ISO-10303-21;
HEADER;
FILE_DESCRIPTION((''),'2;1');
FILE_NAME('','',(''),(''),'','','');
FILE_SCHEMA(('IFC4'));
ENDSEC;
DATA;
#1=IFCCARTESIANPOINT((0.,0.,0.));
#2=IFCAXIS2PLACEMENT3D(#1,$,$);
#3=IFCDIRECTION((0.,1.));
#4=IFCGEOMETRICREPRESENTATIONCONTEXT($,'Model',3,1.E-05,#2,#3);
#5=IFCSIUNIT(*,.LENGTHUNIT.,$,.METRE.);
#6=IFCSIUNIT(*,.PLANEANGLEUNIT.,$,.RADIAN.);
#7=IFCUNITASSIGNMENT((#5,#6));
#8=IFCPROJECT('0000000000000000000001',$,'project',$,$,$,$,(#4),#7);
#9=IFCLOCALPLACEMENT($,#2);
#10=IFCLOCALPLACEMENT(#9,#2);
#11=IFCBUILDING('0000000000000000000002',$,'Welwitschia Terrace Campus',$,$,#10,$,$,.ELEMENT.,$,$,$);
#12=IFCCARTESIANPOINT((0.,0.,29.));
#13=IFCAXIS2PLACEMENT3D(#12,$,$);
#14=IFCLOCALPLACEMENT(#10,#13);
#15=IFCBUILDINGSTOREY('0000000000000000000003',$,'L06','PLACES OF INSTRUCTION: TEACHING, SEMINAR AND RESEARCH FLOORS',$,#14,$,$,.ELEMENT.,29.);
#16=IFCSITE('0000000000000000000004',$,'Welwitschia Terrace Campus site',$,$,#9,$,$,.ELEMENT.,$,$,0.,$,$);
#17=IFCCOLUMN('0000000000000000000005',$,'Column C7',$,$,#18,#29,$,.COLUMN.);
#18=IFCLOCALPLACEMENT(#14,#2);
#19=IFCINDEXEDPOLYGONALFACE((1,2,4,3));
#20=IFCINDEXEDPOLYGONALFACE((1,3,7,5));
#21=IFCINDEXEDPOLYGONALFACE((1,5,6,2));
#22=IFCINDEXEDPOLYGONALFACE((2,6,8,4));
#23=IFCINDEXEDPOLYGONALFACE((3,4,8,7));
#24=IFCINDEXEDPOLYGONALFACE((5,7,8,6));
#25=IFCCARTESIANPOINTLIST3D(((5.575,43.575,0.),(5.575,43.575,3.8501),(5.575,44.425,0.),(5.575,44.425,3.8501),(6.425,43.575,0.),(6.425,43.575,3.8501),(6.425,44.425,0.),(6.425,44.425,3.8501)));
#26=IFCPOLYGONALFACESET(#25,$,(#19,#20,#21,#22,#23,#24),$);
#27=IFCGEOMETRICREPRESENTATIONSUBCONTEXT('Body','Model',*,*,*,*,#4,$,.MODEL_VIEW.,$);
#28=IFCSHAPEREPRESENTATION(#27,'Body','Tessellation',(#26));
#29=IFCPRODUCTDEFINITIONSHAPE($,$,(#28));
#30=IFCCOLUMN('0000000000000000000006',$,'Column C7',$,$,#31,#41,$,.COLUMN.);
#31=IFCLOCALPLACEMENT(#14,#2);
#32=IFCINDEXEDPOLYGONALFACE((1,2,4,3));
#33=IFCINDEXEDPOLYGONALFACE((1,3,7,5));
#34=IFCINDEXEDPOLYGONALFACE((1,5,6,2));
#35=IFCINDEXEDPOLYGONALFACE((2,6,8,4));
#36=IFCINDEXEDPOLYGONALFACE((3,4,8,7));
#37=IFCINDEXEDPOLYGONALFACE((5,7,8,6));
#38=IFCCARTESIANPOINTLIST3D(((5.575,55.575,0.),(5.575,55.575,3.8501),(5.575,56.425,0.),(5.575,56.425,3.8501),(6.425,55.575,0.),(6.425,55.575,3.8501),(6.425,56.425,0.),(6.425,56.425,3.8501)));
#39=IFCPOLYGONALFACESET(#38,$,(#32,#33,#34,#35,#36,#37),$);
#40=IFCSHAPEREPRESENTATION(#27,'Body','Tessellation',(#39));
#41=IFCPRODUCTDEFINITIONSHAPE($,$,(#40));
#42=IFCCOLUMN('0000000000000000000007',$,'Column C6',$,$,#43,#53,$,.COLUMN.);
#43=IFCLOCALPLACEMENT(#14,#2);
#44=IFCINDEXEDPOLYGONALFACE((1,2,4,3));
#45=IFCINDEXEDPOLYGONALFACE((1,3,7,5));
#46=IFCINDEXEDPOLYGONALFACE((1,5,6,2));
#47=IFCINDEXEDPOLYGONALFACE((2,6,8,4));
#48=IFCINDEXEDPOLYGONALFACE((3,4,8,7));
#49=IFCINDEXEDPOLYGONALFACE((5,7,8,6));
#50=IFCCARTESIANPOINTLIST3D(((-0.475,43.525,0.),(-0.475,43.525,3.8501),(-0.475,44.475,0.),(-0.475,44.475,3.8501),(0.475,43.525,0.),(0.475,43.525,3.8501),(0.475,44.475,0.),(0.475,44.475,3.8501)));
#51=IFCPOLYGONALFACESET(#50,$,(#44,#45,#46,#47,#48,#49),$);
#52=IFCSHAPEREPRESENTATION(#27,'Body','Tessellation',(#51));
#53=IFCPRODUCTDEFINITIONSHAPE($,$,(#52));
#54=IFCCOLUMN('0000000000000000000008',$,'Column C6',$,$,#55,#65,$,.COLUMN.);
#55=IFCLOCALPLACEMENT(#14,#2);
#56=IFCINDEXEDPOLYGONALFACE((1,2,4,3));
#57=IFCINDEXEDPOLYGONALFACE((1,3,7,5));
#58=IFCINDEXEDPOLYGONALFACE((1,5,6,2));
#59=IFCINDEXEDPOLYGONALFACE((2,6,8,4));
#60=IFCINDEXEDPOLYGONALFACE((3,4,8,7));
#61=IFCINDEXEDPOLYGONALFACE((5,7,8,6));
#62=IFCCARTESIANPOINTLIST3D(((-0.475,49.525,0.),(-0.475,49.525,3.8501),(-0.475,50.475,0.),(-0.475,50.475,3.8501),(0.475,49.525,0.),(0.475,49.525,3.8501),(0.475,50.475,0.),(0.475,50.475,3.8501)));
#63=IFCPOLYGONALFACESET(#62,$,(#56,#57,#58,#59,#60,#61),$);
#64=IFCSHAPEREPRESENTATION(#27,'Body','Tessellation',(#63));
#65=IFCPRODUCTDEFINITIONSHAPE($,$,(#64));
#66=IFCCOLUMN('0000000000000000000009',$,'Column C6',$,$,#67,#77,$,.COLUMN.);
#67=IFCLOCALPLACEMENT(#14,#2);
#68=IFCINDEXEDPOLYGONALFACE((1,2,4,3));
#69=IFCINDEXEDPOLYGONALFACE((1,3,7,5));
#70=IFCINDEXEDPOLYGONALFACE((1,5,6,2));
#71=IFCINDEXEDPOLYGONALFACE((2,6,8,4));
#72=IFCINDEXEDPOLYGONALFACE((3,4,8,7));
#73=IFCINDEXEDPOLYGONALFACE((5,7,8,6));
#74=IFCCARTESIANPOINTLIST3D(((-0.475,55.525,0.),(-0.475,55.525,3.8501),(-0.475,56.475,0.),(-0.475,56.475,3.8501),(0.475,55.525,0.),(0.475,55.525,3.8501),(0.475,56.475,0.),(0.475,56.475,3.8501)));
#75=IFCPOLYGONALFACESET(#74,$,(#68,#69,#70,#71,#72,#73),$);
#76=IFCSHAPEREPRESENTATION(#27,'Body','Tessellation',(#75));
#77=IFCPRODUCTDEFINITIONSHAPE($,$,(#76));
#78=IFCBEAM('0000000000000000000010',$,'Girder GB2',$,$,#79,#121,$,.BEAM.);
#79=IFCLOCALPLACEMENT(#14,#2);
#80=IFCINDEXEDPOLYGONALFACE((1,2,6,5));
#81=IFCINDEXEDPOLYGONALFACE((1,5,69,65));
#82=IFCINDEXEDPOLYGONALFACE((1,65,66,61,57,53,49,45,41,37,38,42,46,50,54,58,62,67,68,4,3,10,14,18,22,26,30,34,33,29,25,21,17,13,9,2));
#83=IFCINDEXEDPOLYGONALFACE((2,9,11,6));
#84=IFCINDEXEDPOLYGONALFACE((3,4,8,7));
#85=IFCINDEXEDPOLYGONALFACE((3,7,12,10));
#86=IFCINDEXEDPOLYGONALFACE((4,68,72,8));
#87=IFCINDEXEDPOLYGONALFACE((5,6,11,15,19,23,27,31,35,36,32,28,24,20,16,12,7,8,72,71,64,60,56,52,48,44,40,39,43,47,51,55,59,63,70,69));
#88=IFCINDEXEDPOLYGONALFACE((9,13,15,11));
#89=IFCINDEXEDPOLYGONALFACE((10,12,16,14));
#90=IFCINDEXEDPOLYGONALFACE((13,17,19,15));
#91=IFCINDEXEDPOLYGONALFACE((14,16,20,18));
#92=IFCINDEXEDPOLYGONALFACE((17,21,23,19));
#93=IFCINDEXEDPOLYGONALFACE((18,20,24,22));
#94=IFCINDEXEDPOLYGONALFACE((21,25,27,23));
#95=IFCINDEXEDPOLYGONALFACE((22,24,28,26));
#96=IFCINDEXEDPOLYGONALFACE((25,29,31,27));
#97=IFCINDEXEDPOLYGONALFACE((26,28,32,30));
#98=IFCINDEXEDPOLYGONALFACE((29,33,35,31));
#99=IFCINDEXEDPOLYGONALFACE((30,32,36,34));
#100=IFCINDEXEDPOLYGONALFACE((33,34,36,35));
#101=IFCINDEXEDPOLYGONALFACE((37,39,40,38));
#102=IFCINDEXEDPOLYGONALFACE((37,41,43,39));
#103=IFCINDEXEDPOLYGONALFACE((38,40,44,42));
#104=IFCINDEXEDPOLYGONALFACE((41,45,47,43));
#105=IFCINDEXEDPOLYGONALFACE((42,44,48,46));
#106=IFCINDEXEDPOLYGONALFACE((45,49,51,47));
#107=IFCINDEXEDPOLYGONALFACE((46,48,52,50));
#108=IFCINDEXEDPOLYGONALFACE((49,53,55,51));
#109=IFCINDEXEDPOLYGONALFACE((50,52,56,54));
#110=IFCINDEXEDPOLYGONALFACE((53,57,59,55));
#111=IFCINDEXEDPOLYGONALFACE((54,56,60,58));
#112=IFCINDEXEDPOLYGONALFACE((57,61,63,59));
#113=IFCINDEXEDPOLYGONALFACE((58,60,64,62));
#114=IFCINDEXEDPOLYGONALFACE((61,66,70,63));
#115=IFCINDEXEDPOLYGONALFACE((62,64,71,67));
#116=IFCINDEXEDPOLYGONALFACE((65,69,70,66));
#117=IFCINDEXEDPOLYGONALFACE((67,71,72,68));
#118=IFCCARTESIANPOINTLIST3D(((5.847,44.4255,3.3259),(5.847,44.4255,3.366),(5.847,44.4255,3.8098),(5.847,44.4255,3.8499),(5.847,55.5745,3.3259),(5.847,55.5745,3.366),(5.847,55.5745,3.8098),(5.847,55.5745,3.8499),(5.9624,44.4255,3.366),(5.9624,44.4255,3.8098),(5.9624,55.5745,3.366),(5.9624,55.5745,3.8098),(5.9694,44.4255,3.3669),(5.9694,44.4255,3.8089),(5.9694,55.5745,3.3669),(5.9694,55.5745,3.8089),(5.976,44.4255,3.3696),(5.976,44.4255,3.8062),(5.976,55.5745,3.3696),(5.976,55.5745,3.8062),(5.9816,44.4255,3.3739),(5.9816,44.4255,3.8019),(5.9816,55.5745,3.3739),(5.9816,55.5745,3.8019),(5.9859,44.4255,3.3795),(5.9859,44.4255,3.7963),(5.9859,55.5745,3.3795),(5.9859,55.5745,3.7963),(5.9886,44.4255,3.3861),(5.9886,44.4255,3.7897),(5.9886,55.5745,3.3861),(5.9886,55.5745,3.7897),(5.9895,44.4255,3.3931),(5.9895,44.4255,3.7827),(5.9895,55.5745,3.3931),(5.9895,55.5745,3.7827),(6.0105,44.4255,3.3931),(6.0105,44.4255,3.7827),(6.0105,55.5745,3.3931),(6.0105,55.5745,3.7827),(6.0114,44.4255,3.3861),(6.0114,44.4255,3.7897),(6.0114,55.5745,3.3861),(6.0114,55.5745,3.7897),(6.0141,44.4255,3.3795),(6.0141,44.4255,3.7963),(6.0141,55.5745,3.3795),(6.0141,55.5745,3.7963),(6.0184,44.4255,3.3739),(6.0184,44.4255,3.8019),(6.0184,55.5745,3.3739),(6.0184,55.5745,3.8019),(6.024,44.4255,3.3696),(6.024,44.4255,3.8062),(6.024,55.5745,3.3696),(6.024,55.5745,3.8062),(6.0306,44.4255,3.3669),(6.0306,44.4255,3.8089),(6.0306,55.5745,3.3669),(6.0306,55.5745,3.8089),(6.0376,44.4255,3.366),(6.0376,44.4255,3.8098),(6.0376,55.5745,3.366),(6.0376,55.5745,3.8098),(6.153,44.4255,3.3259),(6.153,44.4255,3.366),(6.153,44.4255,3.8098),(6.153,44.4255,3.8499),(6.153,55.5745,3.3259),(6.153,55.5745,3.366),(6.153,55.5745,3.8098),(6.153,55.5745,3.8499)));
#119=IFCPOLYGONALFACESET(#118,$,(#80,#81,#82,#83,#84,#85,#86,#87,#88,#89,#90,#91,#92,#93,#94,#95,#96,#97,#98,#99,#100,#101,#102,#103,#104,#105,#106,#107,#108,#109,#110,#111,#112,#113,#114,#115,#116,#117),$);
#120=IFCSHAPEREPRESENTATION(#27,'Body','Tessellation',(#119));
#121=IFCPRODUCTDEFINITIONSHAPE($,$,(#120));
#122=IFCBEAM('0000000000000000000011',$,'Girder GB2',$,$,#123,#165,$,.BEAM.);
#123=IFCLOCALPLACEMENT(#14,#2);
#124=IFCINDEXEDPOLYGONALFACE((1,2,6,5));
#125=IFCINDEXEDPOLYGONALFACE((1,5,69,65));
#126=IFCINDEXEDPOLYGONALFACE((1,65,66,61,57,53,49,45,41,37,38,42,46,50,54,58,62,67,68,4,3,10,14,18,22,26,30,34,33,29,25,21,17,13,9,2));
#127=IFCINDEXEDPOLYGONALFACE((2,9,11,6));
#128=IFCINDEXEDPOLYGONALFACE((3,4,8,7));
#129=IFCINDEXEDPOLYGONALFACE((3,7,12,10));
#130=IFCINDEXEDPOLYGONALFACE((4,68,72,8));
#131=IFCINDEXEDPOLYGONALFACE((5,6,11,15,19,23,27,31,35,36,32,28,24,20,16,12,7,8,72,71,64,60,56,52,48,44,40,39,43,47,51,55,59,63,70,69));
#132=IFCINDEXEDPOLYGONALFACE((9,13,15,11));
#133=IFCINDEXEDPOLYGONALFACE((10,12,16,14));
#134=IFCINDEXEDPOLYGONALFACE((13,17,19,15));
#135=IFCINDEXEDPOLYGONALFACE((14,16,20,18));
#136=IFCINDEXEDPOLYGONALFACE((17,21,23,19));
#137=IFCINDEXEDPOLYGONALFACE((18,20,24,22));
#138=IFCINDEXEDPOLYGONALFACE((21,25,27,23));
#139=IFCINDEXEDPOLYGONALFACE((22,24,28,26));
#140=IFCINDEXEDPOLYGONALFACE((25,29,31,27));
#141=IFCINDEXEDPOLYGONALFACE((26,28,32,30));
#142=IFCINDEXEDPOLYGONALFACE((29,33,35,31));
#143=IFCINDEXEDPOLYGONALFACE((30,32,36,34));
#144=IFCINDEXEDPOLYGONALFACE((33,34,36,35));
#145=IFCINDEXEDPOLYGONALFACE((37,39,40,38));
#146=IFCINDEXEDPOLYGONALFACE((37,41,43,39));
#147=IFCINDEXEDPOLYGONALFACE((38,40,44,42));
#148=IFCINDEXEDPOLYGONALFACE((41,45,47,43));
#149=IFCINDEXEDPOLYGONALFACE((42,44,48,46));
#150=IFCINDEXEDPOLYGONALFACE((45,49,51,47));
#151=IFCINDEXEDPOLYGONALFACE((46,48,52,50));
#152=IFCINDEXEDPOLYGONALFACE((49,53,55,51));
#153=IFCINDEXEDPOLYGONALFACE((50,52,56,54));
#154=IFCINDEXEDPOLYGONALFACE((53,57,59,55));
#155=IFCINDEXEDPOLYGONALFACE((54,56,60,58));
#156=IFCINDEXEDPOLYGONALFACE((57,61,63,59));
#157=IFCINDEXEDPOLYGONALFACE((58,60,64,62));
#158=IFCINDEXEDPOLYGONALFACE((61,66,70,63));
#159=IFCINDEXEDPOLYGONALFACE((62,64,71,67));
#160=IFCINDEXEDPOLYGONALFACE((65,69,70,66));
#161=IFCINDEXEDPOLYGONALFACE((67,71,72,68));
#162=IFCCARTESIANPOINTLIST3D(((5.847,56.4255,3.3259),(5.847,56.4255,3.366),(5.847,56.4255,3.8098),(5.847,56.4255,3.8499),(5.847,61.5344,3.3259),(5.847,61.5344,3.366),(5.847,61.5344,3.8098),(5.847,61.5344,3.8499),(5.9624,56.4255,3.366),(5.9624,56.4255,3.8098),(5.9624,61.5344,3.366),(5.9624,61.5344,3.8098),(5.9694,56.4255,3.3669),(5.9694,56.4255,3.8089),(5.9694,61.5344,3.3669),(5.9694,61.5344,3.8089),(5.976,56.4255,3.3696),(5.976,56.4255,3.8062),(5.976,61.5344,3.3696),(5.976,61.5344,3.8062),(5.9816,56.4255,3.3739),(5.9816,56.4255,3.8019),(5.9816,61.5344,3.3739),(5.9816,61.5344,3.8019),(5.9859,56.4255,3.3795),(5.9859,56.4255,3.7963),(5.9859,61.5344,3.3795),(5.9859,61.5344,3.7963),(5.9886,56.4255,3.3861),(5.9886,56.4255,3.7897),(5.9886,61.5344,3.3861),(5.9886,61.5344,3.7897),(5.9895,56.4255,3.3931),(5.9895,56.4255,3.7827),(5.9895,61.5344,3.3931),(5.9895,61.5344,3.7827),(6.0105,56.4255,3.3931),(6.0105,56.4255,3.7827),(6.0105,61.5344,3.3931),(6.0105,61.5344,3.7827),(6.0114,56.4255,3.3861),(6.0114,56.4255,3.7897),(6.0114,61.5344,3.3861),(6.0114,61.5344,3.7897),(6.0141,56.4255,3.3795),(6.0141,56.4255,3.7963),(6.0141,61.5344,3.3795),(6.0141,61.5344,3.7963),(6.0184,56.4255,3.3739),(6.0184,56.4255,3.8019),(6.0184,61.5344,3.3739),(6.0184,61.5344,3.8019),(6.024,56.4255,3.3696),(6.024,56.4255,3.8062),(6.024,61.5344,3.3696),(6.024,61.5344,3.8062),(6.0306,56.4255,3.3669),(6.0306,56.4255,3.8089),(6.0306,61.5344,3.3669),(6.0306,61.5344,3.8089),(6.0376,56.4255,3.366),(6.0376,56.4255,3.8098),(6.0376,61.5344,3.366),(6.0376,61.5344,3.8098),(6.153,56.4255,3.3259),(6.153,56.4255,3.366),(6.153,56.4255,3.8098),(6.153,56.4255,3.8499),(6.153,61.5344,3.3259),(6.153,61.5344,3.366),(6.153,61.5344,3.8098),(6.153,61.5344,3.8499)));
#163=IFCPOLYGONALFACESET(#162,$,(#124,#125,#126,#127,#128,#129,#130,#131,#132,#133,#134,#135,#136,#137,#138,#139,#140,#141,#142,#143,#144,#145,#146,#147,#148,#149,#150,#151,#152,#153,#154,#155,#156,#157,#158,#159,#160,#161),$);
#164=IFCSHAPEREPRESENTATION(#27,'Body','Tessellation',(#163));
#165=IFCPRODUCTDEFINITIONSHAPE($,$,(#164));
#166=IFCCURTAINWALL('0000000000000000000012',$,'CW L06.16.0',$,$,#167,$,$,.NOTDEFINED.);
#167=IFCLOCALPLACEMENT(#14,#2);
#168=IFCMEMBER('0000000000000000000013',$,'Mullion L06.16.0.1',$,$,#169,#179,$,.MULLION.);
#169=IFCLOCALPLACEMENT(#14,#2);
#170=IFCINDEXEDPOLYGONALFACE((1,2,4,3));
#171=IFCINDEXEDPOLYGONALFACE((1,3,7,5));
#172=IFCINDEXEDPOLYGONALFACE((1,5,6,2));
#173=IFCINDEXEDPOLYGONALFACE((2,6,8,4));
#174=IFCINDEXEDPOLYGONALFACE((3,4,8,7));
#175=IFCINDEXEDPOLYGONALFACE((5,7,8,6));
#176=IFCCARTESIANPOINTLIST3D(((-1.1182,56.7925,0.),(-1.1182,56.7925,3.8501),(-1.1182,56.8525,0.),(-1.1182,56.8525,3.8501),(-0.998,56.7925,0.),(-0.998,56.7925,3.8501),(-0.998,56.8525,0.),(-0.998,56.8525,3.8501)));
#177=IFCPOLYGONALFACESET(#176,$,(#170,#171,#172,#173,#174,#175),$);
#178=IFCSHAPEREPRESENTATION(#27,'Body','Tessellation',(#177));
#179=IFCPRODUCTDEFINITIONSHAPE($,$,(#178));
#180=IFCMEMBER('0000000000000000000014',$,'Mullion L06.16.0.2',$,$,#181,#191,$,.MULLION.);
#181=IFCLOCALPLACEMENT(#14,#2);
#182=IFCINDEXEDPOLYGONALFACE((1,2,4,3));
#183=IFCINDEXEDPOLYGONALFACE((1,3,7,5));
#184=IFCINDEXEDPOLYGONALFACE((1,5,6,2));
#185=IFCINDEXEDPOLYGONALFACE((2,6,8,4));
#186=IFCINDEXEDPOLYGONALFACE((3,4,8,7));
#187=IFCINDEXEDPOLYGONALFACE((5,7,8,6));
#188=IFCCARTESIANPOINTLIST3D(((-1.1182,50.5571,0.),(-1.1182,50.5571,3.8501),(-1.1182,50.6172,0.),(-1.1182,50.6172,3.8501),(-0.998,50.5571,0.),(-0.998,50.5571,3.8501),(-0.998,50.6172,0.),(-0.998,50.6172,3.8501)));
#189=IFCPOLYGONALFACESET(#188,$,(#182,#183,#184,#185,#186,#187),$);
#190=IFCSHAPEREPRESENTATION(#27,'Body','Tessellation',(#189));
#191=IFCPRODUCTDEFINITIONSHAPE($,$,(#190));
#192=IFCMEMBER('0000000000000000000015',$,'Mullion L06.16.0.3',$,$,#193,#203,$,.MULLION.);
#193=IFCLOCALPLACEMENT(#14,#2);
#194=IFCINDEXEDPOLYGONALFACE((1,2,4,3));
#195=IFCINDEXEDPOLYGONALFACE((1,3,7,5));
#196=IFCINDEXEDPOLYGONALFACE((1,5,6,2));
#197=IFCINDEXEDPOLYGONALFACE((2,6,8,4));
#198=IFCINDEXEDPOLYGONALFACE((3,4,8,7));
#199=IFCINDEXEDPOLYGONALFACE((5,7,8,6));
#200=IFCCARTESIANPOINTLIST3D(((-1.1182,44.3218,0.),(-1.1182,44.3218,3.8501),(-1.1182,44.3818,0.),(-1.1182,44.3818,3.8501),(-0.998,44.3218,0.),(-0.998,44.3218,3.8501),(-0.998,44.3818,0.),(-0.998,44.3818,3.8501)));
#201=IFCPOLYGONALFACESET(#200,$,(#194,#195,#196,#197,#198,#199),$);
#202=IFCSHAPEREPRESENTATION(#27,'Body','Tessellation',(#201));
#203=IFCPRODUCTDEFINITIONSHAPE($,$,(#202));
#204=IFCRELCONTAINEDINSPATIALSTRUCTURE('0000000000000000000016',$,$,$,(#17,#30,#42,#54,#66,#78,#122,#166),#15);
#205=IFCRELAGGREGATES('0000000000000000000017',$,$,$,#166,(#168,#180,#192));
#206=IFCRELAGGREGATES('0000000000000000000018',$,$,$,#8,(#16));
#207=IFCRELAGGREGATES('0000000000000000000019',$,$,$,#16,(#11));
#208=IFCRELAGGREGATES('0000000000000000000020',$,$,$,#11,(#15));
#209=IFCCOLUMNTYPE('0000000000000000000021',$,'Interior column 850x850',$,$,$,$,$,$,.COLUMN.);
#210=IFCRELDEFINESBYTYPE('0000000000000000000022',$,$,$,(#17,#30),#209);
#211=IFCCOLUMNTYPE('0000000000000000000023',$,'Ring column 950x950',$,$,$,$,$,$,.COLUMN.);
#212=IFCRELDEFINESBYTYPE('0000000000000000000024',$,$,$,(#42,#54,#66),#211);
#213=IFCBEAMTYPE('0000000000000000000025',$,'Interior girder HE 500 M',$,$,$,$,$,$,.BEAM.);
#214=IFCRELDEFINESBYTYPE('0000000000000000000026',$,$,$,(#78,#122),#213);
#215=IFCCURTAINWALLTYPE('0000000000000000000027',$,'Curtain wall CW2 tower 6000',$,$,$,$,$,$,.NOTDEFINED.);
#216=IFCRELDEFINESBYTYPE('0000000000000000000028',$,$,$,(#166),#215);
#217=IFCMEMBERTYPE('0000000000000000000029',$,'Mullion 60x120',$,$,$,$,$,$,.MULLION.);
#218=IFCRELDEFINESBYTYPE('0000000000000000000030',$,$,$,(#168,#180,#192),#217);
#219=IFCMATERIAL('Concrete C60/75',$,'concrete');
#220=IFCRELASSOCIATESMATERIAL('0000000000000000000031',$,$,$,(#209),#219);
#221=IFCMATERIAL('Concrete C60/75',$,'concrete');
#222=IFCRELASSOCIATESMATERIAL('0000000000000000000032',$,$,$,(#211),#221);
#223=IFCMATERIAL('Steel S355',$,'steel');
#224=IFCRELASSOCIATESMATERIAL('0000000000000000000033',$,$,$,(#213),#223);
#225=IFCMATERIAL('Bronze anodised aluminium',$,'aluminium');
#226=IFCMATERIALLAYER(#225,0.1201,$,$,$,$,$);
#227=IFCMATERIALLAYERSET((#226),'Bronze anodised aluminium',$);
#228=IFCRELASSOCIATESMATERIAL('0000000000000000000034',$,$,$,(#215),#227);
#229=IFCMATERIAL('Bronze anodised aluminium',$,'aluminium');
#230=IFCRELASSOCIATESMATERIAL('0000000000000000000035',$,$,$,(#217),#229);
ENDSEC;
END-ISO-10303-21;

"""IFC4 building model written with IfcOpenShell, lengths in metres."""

from ifc_helpers import new_model, si_unit, direction, frame, origin, origin_2d, place, context, subcontext, project, spatial, rectangle, i_section, extrude, material, layer, layer_set, material_profile, profile_set, type_object, element, aggregate, save


model = new_model("IFC4")

# Units and contexts
model_context = context("Model", 3, precision=1e-05, world=origin(), true_north=direction((0.0, 1.0)))
body_context = subcontext(model_context, "Body", "Model", "MODEL_VIEW")
ifc_project = project(units=[si_unit("LENGTHUNIT", "METRE"), si_unit("PLANEANGLEUNIT", "RADIAN")], contexts=[model_context])

# Site, building, storey
site_placement = place(None, origin())
site = spatial("IfcSite", under=ifc_project, at=site_placement, Name="Welwitschia Terrace Campus site", CompositionType="ELEMENT", RefElevation=0.0)
building_placement = place(site_placement, origin())
building = spatial("IfcBuilding", under=site, at=building_placement, Name="Welwitschia Terrace Campus", CompositionType="ELEMENT")
storey_placement = place(building_placement, frame((0.0, 0.0, 29.0)))
storey = spatial("IfcBuildingStorey", under=building, at=storey_placement, Name="L06", Description="PLACES OF INSTRUCTION: TEACHING, SEMINAR AND RESEARCH FLOORS", CompositionType="ELEMENT", Elevation=29.0)

# Columns
ifc_material_1 = material(Name="Concrete C60/75", Category="concrete")
ifc_material_profile_1 = material_profile(ifc_material_1, rectangle(XDim=0.8501, YDim=0.8501, at=origin_2d()))
ifc_profile_set_1 = profile_set([ifc_material_profile_1], Name="Concrete C60/75")
column_type_1 = type_object("IfcColumnType", Name="Interior column 850x850", PredefinedType="COLUMN", material=ifc_profile_set_1)
for number, where, z_axis, x_axis, name in (
    (1, (6.0, 44.0, 0.0), (0.0, 0.0, 1.0), (1.0, 0.0, 0.0), "Column C7"),
    (2, (6.0, 56.0, 0.0), (0.0, 0.0, 1.0), (1.0, 0.0, 0.0), "Column C7"),
):
    element("IfcColumn", number, at=place(storey_placement, frame(where, z_axis=z_axis, x_axis=x_axis)), inside=storey, type_object=column_type_1, Name=name, PredefinedType="COLUMN", context=body_context, shape_type="SweptSolid", body=[
        extrude(rectangle(XDim=0.8501, YDim=0.8501, at=origin_2d()), origin(), (0.0, 0.0, 1.0), 3.8501),
    ])
ifc_material_2 = material(Name="Concrete C60/75", Category="concrete")
ifc_material_profile_2 = material_profile(ifc_material_2, rectangle(XDim=0.95, YDim=0.95, at=origin_2d()))
ifc_profile_set_2 = profile_set([ifc_material_profile_2], Name="Concrete C60/75")
column_type_2 = type_object("IfcColumnType", Name="Ring column 950x950", PredefinedType="COLUMN", material=ifc_profile_set_2)
for number, where, z_axis, x_axis, name in (
    (3, (0.0, 44.0, 0.0), (0.0, 0.0, 1.0), (1.0, 0.0, 0.0), "Column C6"),
    (4, (0.0, 50.0, 0.0), (0.0, 0.0, 1.0), (1.0, 0.0, 0.0), "Column C6"),
    (5, (0.0, 56.0, 0.0), (0.0, 0.0, 1.0), (1.0, 0.0, 0.0), "Column C6"),
):
    element("IfcColumn", number, at=place(storey_placement, frame(where, z_axis=z_axis, x_axis=x_axis)), inside=storey, type_object=column_type_2, Name=name, PredefinedType="COLUMN", context=body_context, shape_type="SweptSolid", body=[
        extrude(rectangle(XDim=0.95, YDim=0.95, at=origin_2d()), origin(), (0.0, 0.0, 1.0), 3.8501),
    ])

# Beams
ifc_material_3 = material(Name="Steel S355", Category="steel")
ifc_material_profile_3 = material_profile(ifc_material_3, i_section(OverallWidth=0.3059, OverallDepth=0.5239, WebThickness=0.021, FlangeThickness=0.04, FilletRadius=0.0271, at=origin_2d()))
ifc_profile_set_3 = profile_set([ifc_material_profile_3], Name="Steel S355")
beam_type_1 = type_object("IfcBeamType", Name="Interior girder HE 500 M", PredefinedType="BEAM", material=ifc_profile_set_3)
beam_1_placement = place(storey_placement, frame((6.0, 44.4255, 3.5879), z_axis=(0.0, 1.0, 0.0), x_axis=(-1.0, 0.0, 0.0)))
element("IfcBeam", 6, at=beam_1_placement, inside=storey, type_object=beam_type_1, Name="Girder GB2", PredefinedType="BEAM", context=body_context, shape_type="SweptSolid", body=[
    extrude(i_section(OverallWidth=0.3059, OverallDepth=0.5239, WebThickness=0.021, FlangeThickness=0.04, FilletRadius=0.0271, at=origin_2d()), origin(), (0.0, 0.0, 1.0), 11.1489),
])
beam_2_placement = place(storey_placement, frame((6.0, 56.4255, 3.5879), z_axis=(0.0, 1.0, 0.0), x_axis=(-1.0, 0.0, 0.0)))
element("IfcBeam", 7, at=beam_2_placement, inside=storey, type_object=beam_type_1, Name="Girder GB2", PredefinedType="BEAM", context=body_context, shape_type="SweptSolid", body=[
    extrude(i_section(OverallWidth=0.3059, OverallDepth=0.5239, WebThickness=0.021, FlangeThickness=0.04, FilletRadius=0.0271, at=origin_2d()), origin(), (0.0, 0.0, 1.0), 5.1089),
])

# Curtain wall, members
ifc_material_4 = material(Name="Bronze anodised aluminium", Category="aluminium")
ifc_layer_1 = layer(ifc_material_4, 0.1201)
ifc_layer_set_1 = layer_set([ifc_layer_1], Name="Bronze anodised aluminium")
curtain_wall_type = type_object("IfcCurtainWallType", Name="Curtain wall CW2 tower 6000", PredefinedType="NOTDEFINED", material=ifc_layer_set_1)
curtain_wall_placement = place(storey_placement, origin())
curtain_wall = element("IfcCurtainWall", 8, at=curtain_wall_placement, inside=storey, type_object=curtain_wall_type, Name="CW L06.16.0", PredefinedType="NOTDEFINED")
ifc_material_5 = material(Name="Bronze anodised aluminium", Category="aluminium")
ifc_material_profile_4 = material_profile(ifc_material_5, rectangle(XDim=0.1201, YDim=0.0601, at=origin_2d()))
ifc_profile_set_4 = profile_set([ifc_material_profile_4], Name="Bronze anodised aluminium")
member_type = type_object("IfcMemberType", Name="Mullion 60x120", PredefinedType="MULLION", material=ifc_profile_set_4)
member_1_placement = place(storey_placement, frame((-1.0581, 56.8225, 0.0), z_axis=(0.0, 0.0, 1.0), x_axis=(1.0, 0.0, 0.0)))
member_1 = element("IfcMember", 9, at=member_1_placement, type_object=member_type, Name="Mullion L06.16.0.1", PredefinedType="MULLION", context=body_context, shape_type="SweptSolid", body=[
    extrude(rectangle(XDim=0.1201, YDim=0.0601, at=origin_2d()), origin(), (0.0, 0.0, 1.0), 3.8501),
])
member_2_placement = place(storey_placement, frame((-1.0581, 50.5872, 0.0), z_axis=(0.0, 0.0, 1.0), x_axis=(1.0, 0.0, 0.0)))
member_2 = element("IfcMember", 10, at=member_2_placement, type_object=member_type, Name="Mullion L06.16.0.2", PredefinedType="MULLION", context=body_context, shape_type="SweptSolid", body=[
    extrude(rectangle(XDim=0.1201, YDim=0.0601, at=origin_2d()), origin(), (0.0, 0.0, 1.0), 3.8501),
])
member_3_placement = place(storey_placement, frame((-1.0581, 44.3518, 0.0), z_axis=(0.0, 0.0, 1.0), x_axis=(1.0, 0.0, 0.0)))
member_3 = element("IfcMember", 11, at=member_3_placement, type_object=member_type, Name="Mullion L06.16.0.3", PredefinedType="MULLION", context=body_context, shape_type="SweptSolid", body=[
    extrude(rectangle(XDim=0.1201, YDim=0.0601, at=origin_2d()), origin(), (0.0, 0.0, 1.0), 3.8501),
])

aggregate(curtain_wall, [member_1, member_2, member_3])

save(model, "model.ifc")
